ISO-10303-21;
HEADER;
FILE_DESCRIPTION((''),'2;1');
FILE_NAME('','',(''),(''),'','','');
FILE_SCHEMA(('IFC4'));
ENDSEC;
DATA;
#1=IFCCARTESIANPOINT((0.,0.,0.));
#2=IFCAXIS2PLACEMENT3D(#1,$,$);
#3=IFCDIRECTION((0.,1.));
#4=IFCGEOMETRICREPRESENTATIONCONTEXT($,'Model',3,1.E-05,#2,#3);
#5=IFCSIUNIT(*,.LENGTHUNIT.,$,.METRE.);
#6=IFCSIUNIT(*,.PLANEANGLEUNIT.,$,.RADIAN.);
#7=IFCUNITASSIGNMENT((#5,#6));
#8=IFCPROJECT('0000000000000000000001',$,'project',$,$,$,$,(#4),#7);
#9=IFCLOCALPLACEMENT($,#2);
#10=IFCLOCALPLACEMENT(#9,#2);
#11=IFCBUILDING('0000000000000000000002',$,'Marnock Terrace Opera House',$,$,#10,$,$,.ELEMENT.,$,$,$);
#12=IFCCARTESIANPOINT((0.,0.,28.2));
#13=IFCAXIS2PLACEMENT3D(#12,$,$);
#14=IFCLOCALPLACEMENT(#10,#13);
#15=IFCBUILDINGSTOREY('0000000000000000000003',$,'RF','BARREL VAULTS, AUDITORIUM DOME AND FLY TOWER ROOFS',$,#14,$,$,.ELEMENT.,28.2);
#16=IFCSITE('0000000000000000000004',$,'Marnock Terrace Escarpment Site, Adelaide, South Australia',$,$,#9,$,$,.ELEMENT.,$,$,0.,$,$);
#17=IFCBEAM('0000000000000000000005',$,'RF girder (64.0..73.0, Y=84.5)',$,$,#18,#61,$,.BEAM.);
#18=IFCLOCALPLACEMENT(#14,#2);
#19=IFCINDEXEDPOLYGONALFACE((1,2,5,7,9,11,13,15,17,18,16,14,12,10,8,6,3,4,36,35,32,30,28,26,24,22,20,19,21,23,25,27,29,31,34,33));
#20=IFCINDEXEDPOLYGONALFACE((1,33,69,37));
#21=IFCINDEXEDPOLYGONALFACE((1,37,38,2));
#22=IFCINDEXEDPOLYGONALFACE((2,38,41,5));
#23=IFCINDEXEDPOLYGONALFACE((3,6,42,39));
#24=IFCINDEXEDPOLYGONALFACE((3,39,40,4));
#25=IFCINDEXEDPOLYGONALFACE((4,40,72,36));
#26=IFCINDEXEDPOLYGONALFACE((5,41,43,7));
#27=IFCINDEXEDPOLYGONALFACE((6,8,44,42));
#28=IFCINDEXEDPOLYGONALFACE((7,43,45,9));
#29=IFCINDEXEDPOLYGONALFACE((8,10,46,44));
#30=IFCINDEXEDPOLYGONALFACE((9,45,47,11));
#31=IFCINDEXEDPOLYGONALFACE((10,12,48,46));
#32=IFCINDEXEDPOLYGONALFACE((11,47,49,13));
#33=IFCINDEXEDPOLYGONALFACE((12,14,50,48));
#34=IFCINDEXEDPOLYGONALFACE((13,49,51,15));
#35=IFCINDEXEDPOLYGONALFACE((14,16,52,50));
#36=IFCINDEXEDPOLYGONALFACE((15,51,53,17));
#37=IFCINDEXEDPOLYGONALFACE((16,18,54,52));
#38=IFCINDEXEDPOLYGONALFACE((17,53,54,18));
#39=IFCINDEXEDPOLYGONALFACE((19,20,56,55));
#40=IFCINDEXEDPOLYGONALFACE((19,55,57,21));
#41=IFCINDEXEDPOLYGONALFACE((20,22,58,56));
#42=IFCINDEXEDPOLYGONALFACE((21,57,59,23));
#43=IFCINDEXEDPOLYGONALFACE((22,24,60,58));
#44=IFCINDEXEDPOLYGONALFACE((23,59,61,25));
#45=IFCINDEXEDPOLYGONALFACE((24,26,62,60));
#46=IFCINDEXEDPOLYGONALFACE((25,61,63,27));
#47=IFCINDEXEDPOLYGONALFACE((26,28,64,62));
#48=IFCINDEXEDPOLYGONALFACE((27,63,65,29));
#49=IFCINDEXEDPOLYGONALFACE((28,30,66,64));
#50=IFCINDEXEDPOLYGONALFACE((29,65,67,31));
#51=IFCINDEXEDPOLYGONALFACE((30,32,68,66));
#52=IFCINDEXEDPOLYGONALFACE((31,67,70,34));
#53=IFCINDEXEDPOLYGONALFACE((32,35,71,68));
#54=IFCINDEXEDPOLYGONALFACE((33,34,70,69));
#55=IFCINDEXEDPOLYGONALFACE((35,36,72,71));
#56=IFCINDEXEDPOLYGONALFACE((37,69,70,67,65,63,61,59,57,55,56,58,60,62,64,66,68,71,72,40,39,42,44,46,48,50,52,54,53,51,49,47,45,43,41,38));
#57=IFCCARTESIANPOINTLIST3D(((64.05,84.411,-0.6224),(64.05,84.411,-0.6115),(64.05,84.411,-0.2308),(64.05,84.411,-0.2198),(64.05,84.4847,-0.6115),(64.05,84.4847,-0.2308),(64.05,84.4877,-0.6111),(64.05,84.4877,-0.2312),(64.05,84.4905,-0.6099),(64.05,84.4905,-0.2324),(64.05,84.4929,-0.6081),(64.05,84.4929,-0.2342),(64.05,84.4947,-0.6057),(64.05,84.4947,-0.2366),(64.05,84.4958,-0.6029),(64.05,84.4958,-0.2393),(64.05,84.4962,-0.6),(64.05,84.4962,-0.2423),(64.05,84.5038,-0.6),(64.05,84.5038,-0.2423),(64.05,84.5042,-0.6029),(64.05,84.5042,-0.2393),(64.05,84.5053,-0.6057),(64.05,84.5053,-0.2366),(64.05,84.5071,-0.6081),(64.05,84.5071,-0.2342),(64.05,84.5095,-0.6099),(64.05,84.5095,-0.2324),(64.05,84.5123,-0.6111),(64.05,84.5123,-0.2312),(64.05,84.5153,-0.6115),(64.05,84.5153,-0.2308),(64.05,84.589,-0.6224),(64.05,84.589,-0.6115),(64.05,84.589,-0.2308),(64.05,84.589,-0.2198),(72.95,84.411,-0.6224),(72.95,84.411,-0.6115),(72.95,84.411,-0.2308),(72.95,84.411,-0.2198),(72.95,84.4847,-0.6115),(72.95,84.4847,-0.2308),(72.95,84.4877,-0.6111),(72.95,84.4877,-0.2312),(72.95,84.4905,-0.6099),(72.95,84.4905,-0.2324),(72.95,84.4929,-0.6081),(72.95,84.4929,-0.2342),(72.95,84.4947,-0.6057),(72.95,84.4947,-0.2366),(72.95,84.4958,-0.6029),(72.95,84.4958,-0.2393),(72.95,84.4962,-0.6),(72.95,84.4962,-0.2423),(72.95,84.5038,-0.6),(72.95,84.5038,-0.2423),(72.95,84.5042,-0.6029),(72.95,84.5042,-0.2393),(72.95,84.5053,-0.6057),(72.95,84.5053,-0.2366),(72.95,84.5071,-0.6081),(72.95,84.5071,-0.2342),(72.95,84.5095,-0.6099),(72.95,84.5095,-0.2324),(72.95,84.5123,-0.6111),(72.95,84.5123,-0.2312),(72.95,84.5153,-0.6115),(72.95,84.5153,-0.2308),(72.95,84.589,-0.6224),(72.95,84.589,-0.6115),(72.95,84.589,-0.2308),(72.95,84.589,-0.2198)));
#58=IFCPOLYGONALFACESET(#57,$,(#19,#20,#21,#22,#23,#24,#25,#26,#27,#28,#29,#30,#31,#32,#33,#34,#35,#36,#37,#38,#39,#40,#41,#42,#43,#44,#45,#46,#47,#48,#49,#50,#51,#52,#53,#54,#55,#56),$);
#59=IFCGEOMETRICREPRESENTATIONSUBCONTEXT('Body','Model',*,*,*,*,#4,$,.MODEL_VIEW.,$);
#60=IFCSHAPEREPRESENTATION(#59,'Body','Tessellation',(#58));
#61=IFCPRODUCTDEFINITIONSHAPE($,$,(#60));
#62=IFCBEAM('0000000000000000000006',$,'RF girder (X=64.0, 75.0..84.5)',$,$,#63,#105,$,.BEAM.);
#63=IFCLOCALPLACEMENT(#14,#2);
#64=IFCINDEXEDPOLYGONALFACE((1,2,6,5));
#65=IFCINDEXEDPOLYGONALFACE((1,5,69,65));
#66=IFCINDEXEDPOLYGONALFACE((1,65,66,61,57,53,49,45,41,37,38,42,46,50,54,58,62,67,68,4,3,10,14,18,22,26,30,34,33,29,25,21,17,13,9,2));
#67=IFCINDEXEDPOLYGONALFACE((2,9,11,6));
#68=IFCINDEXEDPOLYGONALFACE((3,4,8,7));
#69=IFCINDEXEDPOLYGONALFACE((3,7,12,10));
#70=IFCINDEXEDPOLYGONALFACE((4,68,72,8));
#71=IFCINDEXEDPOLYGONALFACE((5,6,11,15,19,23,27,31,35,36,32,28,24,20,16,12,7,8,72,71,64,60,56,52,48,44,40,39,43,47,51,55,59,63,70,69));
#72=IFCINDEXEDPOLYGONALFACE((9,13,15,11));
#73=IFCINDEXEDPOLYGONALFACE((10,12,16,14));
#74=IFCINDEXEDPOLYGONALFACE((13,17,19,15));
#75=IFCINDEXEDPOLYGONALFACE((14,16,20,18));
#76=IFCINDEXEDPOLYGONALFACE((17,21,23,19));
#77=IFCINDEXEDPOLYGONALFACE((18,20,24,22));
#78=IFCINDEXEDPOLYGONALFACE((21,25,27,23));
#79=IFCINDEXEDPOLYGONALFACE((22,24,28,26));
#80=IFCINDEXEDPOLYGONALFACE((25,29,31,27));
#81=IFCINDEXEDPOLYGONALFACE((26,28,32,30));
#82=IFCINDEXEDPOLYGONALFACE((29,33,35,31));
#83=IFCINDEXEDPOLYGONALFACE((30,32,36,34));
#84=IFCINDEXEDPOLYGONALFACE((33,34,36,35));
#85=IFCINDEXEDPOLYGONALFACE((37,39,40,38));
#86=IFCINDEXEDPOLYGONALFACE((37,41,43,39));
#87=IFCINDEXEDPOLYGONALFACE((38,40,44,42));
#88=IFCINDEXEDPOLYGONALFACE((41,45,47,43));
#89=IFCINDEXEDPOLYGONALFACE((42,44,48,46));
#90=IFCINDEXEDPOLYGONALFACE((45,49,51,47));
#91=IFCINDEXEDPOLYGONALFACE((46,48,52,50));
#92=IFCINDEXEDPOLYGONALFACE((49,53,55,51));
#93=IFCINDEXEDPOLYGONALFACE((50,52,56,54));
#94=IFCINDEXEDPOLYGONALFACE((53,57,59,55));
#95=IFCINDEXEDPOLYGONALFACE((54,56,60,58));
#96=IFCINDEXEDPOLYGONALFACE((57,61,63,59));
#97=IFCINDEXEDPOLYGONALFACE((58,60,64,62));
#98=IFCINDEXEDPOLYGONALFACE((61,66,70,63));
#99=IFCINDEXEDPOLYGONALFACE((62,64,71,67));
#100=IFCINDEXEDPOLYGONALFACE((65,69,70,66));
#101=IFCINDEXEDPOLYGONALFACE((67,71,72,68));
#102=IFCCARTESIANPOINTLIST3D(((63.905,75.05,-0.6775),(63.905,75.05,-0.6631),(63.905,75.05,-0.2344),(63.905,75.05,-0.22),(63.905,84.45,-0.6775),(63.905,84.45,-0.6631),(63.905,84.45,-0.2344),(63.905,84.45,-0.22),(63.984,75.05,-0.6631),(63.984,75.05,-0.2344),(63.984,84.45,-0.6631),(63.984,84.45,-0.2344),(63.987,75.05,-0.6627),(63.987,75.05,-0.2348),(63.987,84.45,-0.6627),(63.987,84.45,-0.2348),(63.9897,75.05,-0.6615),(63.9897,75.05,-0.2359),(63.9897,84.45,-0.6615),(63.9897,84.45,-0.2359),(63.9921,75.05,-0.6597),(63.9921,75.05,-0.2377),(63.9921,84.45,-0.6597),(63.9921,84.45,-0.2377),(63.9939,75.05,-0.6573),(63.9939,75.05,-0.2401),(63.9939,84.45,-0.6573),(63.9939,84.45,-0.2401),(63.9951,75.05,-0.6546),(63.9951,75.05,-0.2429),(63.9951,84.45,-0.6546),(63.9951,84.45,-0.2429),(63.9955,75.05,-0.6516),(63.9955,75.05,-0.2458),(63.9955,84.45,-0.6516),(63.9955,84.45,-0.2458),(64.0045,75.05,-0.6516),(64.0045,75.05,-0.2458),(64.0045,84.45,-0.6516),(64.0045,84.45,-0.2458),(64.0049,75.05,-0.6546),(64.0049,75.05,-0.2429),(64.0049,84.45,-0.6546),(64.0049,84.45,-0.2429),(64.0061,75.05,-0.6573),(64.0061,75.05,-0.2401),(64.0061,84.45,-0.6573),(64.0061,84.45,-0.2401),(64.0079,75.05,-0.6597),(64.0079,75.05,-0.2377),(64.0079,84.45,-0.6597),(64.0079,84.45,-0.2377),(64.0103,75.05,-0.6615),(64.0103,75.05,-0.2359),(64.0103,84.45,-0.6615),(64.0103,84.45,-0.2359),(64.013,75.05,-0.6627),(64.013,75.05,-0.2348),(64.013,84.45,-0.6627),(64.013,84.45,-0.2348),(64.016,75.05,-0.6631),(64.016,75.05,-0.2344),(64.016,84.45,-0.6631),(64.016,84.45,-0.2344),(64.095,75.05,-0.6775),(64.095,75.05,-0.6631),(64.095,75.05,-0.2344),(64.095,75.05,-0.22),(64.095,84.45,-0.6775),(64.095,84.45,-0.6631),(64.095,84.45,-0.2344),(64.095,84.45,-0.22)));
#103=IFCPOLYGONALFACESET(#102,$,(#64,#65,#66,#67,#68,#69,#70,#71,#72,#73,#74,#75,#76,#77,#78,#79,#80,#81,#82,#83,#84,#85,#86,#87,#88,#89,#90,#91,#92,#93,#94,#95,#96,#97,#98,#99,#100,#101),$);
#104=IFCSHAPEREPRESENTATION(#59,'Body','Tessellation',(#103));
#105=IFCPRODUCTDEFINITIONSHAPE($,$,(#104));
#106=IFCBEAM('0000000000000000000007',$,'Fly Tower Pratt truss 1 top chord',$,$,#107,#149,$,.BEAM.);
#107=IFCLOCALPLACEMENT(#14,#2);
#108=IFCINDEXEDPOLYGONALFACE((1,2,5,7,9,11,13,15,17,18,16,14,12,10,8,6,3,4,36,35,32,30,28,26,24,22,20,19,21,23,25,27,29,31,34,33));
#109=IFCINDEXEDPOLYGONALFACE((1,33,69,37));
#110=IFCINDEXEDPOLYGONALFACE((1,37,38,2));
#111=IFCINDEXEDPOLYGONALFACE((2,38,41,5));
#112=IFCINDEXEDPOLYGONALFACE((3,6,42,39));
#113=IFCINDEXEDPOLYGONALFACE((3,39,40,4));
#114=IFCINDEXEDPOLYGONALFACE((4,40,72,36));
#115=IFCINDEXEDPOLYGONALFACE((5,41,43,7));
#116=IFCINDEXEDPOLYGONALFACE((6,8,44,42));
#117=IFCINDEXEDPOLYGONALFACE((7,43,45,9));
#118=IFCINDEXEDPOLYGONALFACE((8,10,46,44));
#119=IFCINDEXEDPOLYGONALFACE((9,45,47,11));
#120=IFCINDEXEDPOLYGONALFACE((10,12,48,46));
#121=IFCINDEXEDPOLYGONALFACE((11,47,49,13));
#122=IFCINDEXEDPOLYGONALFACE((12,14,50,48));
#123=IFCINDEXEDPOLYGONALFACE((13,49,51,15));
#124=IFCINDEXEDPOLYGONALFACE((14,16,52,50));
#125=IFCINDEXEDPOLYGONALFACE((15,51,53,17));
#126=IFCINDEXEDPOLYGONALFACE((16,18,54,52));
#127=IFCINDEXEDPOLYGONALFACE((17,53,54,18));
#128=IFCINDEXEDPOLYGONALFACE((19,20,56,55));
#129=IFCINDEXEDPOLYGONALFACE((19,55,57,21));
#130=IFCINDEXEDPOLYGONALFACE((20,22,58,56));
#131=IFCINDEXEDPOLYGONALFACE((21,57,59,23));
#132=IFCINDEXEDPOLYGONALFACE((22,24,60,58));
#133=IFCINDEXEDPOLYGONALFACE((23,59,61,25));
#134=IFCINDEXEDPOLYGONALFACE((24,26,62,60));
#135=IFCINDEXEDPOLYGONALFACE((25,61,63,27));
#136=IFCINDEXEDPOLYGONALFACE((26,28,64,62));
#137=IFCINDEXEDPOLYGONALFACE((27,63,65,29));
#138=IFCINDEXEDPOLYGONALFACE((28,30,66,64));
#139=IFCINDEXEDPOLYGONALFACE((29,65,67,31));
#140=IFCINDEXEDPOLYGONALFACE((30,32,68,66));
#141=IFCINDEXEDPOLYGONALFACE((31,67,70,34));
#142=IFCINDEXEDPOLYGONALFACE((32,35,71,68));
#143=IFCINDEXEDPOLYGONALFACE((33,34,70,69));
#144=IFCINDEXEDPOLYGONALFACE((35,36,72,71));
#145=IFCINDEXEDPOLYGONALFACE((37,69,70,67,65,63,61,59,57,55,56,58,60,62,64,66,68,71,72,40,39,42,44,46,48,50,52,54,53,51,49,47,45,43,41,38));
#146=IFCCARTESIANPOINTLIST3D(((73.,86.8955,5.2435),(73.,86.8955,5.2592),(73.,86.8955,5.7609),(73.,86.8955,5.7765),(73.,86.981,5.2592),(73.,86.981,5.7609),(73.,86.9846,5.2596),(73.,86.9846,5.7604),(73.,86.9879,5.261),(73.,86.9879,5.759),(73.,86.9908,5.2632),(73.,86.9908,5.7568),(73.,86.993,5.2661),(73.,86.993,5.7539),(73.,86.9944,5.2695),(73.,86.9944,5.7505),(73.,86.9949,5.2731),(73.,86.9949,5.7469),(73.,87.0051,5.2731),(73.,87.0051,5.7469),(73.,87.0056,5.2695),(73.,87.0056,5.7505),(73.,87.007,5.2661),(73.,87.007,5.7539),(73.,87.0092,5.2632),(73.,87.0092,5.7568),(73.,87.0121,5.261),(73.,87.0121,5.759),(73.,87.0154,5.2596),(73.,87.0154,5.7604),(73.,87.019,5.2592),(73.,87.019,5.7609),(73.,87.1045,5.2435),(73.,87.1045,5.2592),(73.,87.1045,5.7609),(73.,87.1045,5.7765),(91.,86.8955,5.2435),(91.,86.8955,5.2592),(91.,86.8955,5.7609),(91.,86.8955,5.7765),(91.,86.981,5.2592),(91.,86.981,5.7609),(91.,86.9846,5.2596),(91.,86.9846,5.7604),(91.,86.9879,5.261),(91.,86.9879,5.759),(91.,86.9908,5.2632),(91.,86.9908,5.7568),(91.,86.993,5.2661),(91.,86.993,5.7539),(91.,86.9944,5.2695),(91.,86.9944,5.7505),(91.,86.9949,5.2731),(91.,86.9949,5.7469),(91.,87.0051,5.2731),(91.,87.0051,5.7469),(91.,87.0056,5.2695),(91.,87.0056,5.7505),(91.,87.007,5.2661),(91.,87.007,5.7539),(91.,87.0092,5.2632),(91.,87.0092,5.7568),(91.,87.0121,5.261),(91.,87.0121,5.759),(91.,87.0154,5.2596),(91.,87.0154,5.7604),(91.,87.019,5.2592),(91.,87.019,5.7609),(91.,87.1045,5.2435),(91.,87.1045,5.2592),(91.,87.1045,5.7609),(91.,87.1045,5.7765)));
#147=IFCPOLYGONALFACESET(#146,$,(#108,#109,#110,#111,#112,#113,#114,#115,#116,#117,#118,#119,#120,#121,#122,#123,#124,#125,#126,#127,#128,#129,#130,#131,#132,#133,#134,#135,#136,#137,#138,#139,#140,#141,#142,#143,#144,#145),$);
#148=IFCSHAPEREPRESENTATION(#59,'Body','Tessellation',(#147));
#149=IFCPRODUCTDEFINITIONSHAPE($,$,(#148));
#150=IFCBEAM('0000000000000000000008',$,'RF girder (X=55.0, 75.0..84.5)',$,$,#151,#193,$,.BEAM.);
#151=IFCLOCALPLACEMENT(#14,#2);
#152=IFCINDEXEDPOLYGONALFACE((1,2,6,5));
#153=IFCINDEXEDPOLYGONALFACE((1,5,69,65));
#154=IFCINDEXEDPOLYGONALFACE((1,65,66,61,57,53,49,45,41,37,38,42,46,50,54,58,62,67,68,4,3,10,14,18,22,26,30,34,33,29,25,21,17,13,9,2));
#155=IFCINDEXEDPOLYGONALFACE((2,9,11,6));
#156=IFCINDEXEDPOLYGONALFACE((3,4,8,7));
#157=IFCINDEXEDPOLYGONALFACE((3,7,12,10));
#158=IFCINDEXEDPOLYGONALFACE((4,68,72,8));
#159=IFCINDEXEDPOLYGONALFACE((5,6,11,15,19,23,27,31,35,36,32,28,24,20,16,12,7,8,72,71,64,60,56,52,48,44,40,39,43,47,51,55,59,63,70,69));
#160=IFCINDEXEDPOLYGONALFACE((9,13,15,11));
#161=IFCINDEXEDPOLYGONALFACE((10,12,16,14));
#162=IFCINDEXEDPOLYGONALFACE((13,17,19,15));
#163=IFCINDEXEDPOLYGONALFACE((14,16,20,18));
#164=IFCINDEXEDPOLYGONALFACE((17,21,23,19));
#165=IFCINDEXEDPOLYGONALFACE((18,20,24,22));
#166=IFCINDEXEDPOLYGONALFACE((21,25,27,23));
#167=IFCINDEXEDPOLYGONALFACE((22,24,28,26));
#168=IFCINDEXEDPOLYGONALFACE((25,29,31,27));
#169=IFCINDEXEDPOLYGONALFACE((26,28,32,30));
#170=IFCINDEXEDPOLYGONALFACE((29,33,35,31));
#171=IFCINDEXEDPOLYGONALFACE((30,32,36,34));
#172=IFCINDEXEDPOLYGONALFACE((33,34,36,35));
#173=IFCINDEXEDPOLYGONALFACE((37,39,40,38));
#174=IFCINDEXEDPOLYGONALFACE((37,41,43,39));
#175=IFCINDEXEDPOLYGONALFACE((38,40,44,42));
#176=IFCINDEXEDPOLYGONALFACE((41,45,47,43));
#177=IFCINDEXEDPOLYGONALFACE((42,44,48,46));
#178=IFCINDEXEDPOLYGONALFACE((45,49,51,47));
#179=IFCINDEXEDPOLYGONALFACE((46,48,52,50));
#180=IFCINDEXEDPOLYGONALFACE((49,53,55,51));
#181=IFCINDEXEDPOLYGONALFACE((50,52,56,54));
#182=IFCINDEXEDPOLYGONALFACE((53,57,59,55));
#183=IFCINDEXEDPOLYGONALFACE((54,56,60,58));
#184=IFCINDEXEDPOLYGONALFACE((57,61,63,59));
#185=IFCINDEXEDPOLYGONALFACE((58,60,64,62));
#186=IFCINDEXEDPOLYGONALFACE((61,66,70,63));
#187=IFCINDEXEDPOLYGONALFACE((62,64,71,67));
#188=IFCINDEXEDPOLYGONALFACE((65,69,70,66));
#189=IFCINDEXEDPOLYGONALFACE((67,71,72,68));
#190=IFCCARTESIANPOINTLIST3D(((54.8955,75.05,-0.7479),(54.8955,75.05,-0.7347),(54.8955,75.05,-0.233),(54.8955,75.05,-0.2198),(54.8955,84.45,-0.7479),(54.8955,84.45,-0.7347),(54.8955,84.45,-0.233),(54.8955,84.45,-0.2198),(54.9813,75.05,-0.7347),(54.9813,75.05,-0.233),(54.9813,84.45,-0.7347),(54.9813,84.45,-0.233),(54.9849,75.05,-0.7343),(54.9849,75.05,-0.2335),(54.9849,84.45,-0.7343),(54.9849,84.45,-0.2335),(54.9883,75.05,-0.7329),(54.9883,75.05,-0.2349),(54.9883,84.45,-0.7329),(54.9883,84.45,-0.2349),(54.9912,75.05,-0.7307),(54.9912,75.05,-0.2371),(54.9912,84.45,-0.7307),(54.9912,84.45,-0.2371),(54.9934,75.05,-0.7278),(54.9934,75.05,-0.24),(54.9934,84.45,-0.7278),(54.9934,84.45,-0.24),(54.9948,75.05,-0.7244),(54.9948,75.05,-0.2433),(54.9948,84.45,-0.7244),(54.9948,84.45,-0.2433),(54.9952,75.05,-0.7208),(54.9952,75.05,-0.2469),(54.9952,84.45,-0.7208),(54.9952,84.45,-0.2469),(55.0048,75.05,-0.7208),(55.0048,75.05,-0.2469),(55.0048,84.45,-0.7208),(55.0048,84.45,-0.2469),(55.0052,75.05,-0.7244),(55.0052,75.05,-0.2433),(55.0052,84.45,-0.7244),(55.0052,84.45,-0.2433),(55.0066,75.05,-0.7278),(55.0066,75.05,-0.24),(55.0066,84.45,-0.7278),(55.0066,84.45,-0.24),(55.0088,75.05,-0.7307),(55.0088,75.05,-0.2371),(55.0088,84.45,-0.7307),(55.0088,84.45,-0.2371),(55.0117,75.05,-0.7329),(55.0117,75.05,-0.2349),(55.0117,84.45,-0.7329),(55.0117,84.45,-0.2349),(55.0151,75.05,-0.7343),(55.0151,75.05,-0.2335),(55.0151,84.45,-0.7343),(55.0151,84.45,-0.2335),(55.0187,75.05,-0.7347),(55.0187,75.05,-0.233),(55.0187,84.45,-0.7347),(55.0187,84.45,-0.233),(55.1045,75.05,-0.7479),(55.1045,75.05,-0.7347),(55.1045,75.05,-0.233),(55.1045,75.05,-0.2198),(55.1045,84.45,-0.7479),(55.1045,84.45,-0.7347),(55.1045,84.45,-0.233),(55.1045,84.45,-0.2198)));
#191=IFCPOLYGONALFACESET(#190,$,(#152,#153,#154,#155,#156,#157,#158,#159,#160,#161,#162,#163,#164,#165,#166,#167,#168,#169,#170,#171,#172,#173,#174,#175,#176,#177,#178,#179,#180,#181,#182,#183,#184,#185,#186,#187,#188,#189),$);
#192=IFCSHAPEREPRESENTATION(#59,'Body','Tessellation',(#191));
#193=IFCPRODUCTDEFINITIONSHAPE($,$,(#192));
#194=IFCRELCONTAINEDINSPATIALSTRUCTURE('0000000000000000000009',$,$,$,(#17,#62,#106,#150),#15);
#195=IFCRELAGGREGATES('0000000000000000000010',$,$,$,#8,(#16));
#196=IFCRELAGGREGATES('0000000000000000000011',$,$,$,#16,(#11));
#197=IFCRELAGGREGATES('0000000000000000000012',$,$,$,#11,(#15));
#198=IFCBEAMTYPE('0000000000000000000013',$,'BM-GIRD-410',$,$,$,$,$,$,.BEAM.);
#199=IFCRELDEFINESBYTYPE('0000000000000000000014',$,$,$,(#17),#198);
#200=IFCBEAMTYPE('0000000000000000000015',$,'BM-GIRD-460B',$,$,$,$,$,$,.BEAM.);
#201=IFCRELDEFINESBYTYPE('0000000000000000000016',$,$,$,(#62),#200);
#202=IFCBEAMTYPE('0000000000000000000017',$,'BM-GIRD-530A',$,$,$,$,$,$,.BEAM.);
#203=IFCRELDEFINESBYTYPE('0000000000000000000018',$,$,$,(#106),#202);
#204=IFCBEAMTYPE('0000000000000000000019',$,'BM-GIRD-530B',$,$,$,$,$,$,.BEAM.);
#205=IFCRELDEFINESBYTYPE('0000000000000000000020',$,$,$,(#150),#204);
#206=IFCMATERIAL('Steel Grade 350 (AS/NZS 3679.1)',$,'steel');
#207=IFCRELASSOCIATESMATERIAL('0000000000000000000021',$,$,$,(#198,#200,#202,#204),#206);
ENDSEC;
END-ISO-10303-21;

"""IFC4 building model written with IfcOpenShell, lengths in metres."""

from ifc_helpers import new_model, si_unit, direction, frame, origin, origin_2d, place, context, subcontext, project, spatial, i_section, extrude, material, material_profile, profile_set, type_object, element, save


model = new_model("IFC4")

# Units and contexts
model_context = context("Model", 3, precision=1e-05, world=origin(), true_north=direction((0.0, 1.0)))
body_context = subcontext(model_context, "Body", "Model", "MODEL_VIEW")
ifc_project = project(units=[si_unit("LENGTHUNIT", "METRE"), si_unit("PLANEANGLEUNIT", "RADIAN")], contexts=[model_context])

# Site, building, storey
site_placement = place(None, origin())
site = spatial("IfcSite", under=ifc_project, at=site_placement, Name="Marnock Terrace Escarpment Site, Adelaide, South Australia", CompositionType="ELEMENT", RefElevation=0.0)
building_placement = place(site_placement, origin())
building = spatial("IfcBuilding", under=site, at=building_placement, Name="Marnock Terrace Opera House", CompositionType="ELEMENT")
storey_placement = place(building_placement, frame((0.0, 0.0, 28.2)))
storey = spatial("IfcBuildingStorey", under=building, at=storey_placement, Name="RF", Description="BARREL VAULTS, AUDITORIUM DOME AND FLY TOWER ROOFS", CompositionType="ELEMENT", Elevation=28.2)

# Beams
ifc_material_1 = material(Name="Steel Grade 350 (AS/NZS 3679.1)", Category="steel")
ifc_material_profile_1 = material_profile(ifc_material_1, i_section(OverallWidth=0.178, OverallDepth=0.4026, WebThickness=0.0076, FlangeThickness=0.011, FilletRadius=0.0115, at=origin_2d()))
ifc_profile_set_1 = profile_set([ifc_material_profile_1], Name="Steel Grade 350 (AS/NZS 3679.1)")
beam_type_1 = type_object("IfcBeamType", Name="BM-GIRD-410", PredefinedType="BEAM", material=ifc_profile_set_1)
beam_1_placement = place(storey_placement, frame((64.05, 84.5, -0.4211), z_axis=(1.0, 0.0, 0.0), x_axis=(0.0, 1.0, 0.0)))
element("IfcBeam", 1, at=beam_1_placement, inside=storey, type_object=beam_type_1, Name="RF girder (64.0..73.0, Y=84.5)", PredefinedType="BEAM", context=body_context, shape_type="SweptSolid", body=[
    extrude(i_section(OverallWidth=0.178, OverallDepth=0.4026, WebThickness=0.0076, FlangeThickness=0.011, FilletRadius=0.0115, at=origin_2d()), origin(), (0.0, 0.0, 1.0), 8.8999),
])
ifc_material_profile_2 = material_profile(ifc_material_1, i_section(OverallWidth=0.1899, OverallDepth=0.4575, WebThickness=0.009, FlangeThickness=0.0144, FilletRadius=0.0115, at=origin_2d()))
ifc_profile_set_2 = profile_set([ifc_material_profile_2], Name="Steel Grade 350 (AS/NZS 3679.1)")
beam_type_2 = type_object("IfcBeamType", Name="BM-GIRD-460B", PredefinedType="BEAM", material=ifc_profile_set_2)
beam_2_placement = place(storey_placement, frame((64.0, 75.05, -0.4487), z_axis=(0.0, 1.0, 0.0), x_axis=(-1.0, 0.0, 0.0)))
element("IfcBeam", 2, at=beam_2_placement, inside=storey, type_object=beam_type_2, Name="RF girder (X=64.0, 75.0..84.5)", PredefinedType="BEAM", context=body_context, shape_type="SweptSolid", body=[
    extrude(i_section(OverallWidth=0.1899, OverallDepth=0.4575, WebThickness=0.009, FlangeThickness=0.0144, FilletRadius=0.0115, at=origin_2d()), origin(), (0.0, 0.0, 1.0), 9.3999),
])
ifc_material_profile_3 = material_profile(ifc_material_1, i_section(OverallWidth=0.209, OverallDepth=0.533, WebThickness=0.0103, FlangeThickness=0.0156, FilletRadius=0.0139, at=origin_2d()))
ifc_profile_set_3 = profile_set([ifc_material_profile_3], Name="Steel Grade 350 (AS/NZS 3679.1)")
beam_type_3 = type_object("IfcBeamType", Name="BM-GIRD-530A", PredefinedType="BEAM", material=ifc_profile_set_3)
beam_3_placement = place(storey_placement, frame((73.0, 87.0, 5.51), z_axis=(1.0, 0.0, 0.0), x_axis=(0.0, 1.0, 0.0)))
element("IfcBeam", 3, at=beam_3_placement, inside=storey, type_object=beam_type_3, Name="Fly Tower Pratt truss 1 top chord", PredefinedType="BEAM", context=body_context, shape_type="SweptSolid", body=[
    extrude(i_section(OverallWidth=0.209, OverallDepth=0.533, WebThickness=0.0103, FlangeThickness=0.0156, FilletRadius=0.0139, at=origin_2d()), origin(), (0.0, 0.0, 1.0), 18.0),
])
ifc_material_profile_4 = material_profile(ifc_material_1, i_section(OverallWidth=0.209, OverallDepth=0.5281, WebThickness=0.0095, FlangeThickness=0.0132, FilletRadius=0.0139, at=origin_2d()))
ifc_profile_set_4 = profile_set([ifc_material_profile_4], Name="Steel Grade 350 (AS/NZS 3679.1)")
beam_type_4 = type_object("IfcBeamType", Name="BM-GIRD-530B", PredefinedType="BEAM", material=ifc_profile_set_4)
beam_4_placement = place(storey_placement, frame((55.0, 75.05, -0.4839), z_axis=(0.0, 1.0, 0.0), x_axis=(-1.0, 0.0, 0.0)))
element("IfcBeam", 4, at=beam_4_placement, inside=storey, type_object=beam_type_4, Name="RF girder (X=55.0, 75.0..84.5)", PredefinedType="BEAM", context=body_context, shape_type="SweptSolid", body=[
    extrude(i_section(OverallWidth=0.209, OverallDepth=0.5281, WebThickness=0.0095, FlangeThickness=0.0132, FilletRadius=0.0139, at=origin_2d()), origin(), (0.0, 0.0, 1.0), 9.3999),
])

save(model, "model.ifc")
